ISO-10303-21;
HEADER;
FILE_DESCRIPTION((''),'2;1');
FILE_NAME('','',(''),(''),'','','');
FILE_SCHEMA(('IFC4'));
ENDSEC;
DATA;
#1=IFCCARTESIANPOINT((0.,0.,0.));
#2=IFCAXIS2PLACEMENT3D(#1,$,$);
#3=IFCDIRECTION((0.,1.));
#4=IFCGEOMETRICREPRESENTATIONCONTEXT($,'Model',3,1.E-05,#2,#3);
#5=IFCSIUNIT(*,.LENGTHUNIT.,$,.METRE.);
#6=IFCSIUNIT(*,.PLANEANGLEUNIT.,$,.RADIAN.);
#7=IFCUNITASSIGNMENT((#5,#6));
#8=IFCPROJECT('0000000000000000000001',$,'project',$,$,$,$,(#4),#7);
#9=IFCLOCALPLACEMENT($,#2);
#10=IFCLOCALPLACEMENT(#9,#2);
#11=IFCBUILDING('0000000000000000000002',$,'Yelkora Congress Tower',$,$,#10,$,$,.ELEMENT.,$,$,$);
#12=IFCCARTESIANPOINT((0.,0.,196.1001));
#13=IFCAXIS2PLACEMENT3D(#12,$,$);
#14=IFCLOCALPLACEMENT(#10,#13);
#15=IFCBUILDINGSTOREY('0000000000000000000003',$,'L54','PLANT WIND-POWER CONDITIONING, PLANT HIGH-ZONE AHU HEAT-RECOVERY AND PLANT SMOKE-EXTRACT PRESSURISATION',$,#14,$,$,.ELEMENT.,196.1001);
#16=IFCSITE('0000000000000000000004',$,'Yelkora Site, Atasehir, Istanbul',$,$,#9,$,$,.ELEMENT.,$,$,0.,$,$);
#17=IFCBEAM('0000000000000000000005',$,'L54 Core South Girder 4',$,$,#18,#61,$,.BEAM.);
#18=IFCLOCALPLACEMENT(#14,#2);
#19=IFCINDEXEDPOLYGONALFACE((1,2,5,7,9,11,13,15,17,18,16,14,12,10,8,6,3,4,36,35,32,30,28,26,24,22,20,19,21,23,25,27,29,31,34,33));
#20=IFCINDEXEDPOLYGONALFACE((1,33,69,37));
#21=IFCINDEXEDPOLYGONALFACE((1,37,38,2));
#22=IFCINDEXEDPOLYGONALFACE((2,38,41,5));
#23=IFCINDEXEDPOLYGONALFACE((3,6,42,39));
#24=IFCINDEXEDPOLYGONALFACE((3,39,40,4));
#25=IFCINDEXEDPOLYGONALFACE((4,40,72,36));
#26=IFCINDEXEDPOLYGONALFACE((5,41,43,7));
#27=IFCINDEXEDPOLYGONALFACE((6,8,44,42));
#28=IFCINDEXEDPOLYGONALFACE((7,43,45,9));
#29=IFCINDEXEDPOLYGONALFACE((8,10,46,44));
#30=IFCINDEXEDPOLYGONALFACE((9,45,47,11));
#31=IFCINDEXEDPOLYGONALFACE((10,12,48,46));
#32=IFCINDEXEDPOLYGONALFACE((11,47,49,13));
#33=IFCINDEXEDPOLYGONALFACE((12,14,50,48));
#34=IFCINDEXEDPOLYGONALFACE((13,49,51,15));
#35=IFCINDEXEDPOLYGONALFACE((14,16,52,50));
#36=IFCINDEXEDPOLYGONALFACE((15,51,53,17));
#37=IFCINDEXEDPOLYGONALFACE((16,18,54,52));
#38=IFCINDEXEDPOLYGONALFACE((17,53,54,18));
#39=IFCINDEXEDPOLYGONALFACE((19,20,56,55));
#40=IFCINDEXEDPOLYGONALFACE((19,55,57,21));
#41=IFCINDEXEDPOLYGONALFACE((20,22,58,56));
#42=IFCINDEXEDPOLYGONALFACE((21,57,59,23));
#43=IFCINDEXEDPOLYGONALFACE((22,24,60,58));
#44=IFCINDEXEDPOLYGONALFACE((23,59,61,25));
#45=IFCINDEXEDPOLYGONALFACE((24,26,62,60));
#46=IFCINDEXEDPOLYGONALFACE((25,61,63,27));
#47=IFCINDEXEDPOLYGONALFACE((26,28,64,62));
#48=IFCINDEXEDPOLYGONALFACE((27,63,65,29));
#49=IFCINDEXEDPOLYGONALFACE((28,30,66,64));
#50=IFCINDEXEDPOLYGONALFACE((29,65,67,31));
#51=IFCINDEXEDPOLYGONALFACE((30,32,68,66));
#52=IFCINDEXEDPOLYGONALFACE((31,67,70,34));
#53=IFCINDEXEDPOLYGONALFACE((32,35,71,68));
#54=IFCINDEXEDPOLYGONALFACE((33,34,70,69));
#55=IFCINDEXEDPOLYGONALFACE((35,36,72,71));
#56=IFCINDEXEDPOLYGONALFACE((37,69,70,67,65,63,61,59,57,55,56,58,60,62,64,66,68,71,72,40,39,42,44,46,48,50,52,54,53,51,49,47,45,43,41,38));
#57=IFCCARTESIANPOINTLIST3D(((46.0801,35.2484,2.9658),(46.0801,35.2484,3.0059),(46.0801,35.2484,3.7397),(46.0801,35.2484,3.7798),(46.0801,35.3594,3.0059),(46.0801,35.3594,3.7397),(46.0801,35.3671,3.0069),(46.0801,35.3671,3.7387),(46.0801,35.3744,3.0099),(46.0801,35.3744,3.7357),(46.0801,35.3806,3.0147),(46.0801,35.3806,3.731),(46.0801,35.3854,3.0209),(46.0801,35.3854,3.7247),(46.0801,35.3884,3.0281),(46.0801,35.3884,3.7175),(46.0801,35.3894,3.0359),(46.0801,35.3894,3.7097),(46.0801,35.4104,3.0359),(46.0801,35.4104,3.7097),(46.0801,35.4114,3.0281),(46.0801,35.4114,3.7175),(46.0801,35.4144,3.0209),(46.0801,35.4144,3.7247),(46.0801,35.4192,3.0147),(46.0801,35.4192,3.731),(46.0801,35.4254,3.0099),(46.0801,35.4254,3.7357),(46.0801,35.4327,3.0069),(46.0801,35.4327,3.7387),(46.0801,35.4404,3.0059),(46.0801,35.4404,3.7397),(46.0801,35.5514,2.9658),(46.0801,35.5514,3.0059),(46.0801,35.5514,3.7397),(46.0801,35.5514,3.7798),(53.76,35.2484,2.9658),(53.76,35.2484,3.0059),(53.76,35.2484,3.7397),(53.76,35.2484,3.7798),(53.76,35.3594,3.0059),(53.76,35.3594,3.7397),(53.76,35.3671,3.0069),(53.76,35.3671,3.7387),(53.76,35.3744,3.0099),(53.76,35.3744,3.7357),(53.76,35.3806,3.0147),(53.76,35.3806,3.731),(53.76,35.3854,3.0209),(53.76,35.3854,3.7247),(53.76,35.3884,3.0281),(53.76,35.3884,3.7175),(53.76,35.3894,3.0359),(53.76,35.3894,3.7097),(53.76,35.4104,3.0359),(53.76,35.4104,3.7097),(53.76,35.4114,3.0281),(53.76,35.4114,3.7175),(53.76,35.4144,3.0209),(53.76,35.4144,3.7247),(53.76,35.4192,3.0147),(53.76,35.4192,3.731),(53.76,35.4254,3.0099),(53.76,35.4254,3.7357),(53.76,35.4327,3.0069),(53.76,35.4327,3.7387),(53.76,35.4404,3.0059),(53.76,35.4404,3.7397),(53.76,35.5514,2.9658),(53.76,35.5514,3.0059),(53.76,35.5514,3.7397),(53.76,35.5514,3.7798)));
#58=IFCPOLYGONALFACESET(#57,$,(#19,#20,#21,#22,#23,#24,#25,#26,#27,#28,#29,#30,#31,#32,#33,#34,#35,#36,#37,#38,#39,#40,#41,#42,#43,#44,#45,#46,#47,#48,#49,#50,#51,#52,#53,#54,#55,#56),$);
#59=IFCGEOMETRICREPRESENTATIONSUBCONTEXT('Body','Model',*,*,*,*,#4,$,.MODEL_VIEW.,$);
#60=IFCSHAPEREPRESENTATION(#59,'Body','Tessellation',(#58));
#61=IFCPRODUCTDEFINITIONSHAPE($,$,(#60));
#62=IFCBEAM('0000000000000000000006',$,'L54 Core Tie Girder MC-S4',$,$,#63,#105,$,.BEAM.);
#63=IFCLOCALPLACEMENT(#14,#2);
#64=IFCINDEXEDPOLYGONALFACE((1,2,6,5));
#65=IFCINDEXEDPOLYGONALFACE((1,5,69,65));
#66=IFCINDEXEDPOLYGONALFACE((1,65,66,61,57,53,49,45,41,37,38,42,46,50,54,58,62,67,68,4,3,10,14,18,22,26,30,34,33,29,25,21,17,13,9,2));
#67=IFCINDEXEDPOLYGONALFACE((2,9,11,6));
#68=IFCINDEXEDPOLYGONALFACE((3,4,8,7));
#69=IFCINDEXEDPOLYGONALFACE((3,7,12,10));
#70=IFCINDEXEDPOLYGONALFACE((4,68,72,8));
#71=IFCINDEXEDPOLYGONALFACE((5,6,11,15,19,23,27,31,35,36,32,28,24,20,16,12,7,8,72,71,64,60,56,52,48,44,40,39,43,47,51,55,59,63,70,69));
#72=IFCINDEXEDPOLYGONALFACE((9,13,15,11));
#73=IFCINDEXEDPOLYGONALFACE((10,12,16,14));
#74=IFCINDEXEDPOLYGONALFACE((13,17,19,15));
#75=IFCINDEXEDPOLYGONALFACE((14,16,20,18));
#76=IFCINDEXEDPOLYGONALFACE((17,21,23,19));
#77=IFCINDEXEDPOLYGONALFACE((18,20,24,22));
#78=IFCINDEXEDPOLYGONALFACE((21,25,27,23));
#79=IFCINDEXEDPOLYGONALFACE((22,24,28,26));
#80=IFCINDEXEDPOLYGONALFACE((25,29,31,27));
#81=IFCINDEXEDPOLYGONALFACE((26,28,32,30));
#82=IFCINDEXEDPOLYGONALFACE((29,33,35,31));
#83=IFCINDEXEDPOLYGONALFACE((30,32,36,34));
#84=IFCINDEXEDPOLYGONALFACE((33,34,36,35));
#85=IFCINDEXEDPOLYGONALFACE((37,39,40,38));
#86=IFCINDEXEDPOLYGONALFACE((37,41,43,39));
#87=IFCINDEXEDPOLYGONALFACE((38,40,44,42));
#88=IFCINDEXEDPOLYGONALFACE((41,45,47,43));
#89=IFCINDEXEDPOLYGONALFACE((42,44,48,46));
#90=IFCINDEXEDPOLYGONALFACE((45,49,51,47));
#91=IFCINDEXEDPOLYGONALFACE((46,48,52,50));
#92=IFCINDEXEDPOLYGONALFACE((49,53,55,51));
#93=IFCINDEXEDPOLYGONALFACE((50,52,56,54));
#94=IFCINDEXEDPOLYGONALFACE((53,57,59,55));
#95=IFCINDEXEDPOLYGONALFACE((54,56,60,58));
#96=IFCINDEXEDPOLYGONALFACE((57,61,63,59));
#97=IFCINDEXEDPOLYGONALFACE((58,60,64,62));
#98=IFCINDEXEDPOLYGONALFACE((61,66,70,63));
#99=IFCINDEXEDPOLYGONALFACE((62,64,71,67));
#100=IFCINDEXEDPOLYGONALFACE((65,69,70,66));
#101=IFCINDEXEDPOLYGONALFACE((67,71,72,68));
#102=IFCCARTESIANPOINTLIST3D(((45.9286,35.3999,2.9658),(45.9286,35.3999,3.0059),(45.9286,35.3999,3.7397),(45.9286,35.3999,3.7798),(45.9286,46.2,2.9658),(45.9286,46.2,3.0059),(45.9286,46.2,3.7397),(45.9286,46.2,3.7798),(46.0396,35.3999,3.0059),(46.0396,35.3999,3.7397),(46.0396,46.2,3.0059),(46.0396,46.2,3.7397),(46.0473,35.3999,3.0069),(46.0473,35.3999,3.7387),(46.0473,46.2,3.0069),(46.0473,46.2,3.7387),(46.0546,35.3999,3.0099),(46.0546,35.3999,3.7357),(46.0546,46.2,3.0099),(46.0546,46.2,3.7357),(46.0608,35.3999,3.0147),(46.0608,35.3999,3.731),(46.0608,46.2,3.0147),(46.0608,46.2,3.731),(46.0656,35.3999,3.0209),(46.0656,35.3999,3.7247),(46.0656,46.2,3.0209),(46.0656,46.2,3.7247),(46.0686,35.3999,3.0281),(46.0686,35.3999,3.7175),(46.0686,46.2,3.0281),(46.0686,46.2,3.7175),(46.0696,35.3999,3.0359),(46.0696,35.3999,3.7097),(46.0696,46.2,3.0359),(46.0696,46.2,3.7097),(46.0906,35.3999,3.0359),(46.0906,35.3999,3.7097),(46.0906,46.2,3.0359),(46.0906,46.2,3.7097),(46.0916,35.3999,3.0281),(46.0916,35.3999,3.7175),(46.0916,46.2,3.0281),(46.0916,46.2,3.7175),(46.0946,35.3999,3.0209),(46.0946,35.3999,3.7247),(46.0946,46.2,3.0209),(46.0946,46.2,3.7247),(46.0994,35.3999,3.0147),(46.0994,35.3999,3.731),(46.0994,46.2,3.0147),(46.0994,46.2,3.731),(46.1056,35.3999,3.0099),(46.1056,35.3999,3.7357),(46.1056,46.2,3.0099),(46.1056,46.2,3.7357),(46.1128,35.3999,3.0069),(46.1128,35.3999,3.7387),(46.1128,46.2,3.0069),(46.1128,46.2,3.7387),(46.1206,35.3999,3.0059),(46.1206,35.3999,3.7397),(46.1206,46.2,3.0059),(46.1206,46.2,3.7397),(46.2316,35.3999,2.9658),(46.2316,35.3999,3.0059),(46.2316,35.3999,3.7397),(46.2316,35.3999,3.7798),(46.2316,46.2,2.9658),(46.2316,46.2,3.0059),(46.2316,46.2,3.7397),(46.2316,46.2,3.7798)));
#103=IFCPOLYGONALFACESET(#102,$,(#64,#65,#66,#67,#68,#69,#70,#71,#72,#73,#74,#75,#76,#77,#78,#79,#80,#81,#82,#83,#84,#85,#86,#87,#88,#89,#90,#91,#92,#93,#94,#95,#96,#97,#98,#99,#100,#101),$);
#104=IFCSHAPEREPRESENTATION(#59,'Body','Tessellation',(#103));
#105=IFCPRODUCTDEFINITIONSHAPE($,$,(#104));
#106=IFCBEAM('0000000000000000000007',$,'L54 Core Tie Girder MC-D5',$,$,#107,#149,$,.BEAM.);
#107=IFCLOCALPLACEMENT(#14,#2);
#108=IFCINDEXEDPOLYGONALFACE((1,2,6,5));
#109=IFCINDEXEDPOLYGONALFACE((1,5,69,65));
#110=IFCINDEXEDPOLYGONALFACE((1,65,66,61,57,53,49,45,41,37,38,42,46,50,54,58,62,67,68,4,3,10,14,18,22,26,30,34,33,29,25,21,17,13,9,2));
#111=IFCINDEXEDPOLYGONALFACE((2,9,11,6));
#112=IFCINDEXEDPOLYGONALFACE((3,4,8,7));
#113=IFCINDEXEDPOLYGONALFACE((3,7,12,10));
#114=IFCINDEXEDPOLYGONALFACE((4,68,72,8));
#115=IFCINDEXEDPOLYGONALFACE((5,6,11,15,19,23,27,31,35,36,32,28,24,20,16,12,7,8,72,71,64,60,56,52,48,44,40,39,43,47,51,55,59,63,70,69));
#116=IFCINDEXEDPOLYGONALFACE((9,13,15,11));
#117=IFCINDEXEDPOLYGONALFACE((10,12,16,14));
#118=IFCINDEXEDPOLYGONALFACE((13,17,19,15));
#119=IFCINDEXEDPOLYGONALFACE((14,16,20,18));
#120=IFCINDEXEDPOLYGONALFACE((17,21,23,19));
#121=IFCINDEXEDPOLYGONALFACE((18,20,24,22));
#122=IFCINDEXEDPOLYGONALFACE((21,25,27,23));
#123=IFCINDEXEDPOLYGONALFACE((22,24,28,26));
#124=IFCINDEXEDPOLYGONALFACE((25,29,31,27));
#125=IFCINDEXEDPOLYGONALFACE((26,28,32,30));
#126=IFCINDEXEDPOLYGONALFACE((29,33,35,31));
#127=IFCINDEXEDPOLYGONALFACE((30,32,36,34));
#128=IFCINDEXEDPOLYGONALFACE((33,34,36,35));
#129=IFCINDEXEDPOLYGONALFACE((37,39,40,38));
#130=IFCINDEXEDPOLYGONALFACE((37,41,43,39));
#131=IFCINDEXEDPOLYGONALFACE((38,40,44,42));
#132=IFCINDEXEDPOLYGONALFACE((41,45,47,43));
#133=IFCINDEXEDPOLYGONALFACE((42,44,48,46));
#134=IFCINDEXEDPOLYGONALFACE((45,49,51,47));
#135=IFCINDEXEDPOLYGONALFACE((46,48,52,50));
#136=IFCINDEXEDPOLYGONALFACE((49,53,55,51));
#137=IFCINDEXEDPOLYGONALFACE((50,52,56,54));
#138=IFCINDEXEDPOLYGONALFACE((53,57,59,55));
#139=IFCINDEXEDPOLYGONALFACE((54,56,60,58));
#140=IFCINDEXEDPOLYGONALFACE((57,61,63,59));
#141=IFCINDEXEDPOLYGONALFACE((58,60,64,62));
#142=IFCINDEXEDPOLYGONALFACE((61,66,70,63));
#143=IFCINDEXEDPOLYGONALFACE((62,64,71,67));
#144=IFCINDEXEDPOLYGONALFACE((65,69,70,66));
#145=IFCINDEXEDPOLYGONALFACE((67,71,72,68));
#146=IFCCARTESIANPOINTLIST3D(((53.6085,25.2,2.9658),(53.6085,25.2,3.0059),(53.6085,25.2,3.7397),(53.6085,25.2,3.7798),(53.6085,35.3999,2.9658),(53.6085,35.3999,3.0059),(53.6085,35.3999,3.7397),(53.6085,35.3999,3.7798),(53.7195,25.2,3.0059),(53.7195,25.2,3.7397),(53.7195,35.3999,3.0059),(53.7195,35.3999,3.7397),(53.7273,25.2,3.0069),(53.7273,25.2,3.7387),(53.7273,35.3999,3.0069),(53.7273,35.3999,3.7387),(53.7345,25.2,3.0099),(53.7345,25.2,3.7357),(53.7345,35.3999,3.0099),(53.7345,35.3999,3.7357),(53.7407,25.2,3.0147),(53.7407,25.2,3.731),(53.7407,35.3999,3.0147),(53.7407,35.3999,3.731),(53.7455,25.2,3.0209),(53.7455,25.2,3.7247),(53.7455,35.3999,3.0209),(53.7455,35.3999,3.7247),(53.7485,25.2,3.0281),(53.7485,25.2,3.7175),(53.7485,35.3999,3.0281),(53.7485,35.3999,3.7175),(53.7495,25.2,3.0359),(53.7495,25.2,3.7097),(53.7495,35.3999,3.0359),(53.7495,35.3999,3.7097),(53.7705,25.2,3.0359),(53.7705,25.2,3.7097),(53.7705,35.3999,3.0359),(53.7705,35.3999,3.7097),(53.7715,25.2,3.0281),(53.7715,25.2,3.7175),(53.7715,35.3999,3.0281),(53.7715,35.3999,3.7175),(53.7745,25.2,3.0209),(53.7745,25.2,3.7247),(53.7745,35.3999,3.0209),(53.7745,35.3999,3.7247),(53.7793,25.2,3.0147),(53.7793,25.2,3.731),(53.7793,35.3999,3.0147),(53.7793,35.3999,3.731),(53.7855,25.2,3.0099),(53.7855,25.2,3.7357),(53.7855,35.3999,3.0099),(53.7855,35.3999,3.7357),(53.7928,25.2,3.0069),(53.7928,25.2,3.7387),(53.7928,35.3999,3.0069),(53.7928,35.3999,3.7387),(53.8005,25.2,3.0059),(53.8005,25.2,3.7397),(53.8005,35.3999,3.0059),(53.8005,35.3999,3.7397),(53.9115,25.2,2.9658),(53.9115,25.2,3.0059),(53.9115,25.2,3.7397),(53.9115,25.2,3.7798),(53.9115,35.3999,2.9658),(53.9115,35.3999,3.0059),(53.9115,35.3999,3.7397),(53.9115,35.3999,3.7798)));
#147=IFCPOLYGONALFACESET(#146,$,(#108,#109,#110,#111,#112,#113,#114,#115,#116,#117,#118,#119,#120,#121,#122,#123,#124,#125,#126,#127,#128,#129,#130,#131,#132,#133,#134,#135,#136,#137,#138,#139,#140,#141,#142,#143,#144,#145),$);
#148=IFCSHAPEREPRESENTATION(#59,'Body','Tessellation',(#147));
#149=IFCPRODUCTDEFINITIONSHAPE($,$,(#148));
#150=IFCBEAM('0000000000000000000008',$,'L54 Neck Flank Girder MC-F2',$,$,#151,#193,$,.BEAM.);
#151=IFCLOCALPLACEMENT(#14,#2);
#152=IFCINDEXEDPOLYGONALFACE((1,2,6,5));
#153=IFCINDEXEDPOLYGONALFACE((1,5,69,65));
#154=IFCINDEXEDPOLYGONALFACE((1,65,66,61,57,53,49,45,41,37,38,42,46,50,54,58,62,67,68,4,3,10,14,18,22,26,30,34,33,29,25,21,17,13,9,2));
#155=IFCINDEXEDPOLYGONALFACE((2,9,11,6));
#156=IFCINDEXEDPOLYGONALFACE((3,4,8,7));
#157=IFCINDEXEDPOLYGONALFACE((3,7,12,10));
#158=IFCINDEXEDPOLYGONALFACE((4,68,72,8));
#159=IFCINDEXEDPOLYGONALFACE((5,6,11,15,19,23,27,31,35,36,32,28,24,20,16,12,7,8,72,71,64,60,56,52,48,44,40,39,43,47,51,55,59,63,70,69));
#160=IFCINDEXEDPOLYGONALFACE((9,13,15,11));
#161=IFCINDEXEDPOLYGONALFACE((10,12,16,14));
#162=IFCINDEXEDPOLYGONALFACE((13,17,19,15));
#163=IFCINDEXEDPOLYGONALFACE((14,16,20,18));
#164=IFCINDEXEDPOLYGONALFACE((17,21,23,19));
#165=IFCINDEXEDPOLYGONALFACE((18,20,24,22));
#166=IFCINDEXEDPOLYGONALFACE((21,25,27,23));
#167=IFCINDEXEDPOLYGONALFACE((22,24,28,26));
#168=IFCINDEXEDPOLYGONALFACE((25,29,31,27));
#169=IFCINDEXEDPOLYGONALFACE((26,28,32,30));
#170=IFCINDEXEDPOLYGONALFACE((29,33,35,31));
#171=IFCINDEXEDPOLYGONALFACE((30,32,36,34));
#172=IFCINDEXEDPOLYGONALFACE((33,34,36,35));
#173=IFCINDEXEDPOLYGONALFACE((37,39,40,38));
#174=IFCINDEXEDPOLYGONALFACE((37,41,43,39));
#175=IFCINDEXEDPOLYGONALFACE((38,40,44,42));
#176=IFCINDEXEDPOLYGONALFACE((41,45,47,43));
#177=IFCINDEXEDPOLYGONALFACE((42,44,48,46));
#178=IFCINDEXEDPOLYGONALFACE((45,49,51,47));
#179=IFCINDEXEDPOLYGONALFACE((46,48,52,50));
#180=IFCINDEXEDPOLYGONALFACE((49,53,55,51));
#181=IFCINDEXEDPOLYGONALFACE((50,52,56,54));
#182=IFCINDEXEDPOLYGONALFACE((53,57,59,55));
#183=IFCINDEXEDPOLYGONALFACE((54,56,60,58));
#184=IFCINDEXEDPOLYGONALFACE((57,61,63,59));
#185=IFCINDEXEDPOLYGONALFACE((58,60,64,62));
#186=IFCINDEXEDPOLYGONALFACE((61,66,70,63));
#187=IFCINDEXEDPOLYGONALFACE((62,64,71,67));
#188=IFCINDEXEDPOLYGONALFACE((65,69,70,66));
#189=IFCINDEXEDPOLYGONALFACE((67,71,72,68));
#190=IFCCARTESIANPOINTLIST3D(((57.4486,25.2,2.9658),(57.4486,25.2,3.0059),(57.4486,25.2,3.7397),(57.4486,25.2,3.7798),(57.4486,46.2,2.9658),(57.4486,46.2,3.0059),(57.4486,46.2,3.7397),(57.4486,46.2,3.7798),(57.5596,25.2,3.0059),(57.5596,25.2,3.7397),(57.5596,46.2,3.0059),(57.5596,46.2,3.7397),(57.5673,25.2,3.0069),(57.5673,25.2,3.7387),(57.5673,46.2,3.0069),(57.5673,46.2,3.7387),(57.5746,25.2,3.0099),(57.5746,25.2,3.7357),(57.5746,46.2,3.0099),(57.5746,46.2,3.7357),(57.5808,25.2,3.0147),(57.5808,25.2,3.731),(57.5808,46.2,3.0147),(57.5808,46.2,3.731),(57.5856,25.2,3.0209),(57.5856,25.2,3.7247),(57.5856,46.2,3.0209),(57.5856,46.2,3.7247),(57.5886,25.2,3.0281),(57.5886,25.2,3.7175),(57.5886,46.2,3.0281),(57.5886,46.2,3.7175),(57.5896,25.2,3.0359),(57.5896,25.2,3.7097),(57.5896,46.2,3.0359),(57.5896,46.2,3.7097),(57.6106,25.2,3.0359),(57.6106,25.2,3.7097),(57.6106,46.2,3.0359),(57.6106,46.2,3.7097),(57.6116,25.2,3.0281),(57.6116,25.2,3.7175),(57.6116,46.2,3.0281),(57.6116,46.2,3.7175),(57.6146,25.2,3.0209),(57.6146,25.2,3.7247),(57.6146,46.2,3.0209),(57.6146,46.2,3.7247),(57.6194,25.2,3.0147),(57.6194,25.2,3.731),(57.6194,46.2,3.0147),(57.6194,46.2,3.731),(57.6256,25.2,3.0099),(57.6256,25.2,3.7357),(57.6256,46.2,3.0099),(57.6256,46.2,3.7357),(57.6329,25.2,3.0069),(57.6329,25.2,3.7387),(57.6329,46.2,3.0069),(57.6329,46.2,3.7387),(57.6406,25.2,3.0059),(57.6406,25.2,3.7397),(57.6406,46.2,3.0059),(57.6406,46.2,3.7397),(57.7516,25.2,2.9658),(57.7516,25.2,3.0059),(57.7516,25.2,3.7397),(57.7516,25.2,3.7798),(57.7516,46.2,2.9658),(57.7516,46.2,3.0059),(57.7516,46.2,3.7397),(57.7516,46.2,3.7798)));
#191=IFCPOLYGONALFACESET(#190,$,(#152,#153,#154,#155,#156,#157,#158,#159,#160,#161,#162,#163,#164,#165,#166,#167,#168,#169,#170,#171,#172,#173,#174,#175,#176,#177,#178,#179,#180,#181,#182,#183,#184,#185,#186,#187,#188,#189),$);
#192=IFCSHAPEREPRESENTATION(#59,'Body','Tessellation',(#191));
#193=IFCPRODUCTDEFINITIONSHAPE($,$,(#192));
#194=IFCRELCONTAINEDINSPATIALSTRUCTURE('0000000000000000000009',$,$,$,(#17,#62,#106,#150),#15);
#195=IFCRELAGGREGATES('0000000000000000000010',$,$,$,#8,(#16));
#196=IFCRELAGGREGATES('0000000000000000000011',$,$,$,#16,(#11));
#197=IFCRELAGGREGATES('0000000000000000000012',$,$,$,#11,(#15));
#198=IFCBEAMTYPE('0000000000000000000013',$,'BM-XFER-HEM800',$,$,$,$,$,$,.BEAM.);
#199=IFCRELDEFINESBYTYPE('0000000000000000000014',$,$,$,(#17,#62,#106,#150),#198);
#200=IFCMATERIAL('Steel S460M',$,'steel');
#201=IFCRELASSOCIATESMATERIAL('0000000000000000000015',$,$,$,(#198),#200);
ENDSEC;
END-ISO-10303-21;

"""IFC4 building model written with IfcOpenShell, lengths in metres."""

from ifc_helpers import new_model, si_unit, direction, frame, origin, origin_2d, place, context, subcontext, project, spatial, i_section, extrude, material, material_profile, profile_set, type_object, element, save


model = new_model("IFC4")

# Units and contexts
model_context = context("Model", 3, precision=1e-05, world=origin(), true_north=direction((0.0, 1.0)))
body_context = subcontext(model_context, "Body", "Model", "MODEL_VIEW")
ifc_project = project(units=[si_unit("LENGTHUNIT", "METRE"), si_unit("PLANEANGLEUNIT", "RADIAN")], contexts=[model_context])

# Site, building, storey
site_placement = place(None, origin())
site = spatial("IfcSite", under=ifc_project, at=site_placement, Name="Yelkora Site, Atasehir, Istanbul", CompositionType="ELEMENT", RefElevation=0.0)
building_placement = place(site_placement, origin())
building = spatial("IfcBuilding", under=site, at=building_placement, Name="Yelkora Congress Tower", CompositionType="ELEMENT")
storey_placement = place(building_placement, frame((0.0, 0.0, 196.1001)))
storey = spatial("IfcBuildingStorey", under=building, at=storey_placement, Name="L54", Description="PLANT WIND-POWER CONDITIONING, PLANT HIGH-ZONE AHU HEAT-RECOVERY AND PLANT SMOKE-EXTRACT PRESSURISATION", CompositionType="ELEMENT", Elevation=196.1001)

# Shared definitions
ifc_material_1 = material(Name="Steel S460M", Category="steel")

# Beams
ifc_material_profile_1 = material_profile(ifc_material_1, i_section(OverallWidth=0.303, OverallDepth=0.814, WebThickness=0.021, FlangeThickness=0.04, FilletRadius=0.03, at=origin_2d()), Name="HEM 800")
ifc_profile_set_1 = profile_set([ifc_material_profile_1], Name="Steel S460M")
beam_type = type_object("IfcBeamType", Name="BM-XFER-HEM800", PredefinedType="BEAM", material=ifc_profile_set_1)
beam_1_placement = place(storey_placement, frame((46.0801, 35.3999, 3.3728), z_axis=(1.0, 0.0, 0.0), x_axis=(0.0, 1.0, 0.0)))
element("IfcBeam", 1, at=beam_1_placement, inside=storey, type_object=beam_type, Name="L54 Core South Girder 4", PredefinedType="BEAM", context=body_context, shape_type="SweptSolid", body=[
    extrude(i_section(OverallWidth=0.303, OverallDepth=0.814, WebThickness=0.021, FlangeThickness=0.04, FilletRadius=0.03, at=origin_2d()), origin(), (0.0, 0.0, 1.0), 7.6799),
])
beam_2_placement = place(storey_placement, frame((46.0801, 35.3999, 3.3728), z_axis=(0.0, 1.0, 0.0), x_axis=(-1.0, 0.0, 0.0)))
element("IfcBeam", 2, at=beam_2_placement, inside=storey, type_object=beam_type, Name="L54 Core Tie Girder MC-S4", PredefinedType="BEAM", context=body_context, shape_type="SweptSolid", body=[
    extrude(i_section(OverallWidth=0.303, OverallDepth=0.814, WebThickness=0.021, FlangeThickness=0.04, FilletRadius=0.03, at=origin_2d()), origin(), (0.0, 0.0, 1.0), 10.8),
])
beam_3_placement = place(storey_placement, frame((53.76, 25.2, 3.3728), z_axis=(0.0, 1.0, 0.0), x_axis=(-1.0, 0.0, 0.0)))
element("IfcBeam", 3, at=beam_3_placement, inside=storey, type_object=beam_type, Name="L54 Core Tie Girder MC-D5", PredefinedType="BEAM", context=body_context, shape_type="SweptSolid", body=[
    extrude(i_section(OverallWidth=0.303, OverallDepth=0.814, WebThickness=0.021, FlangeThickness=0.04, FilletRadius=0.03, at=origin_2d()), origin(), (0.0, 0.0, 1.0), 10.2),
])
beam_4_placement = place(storey_placement, frame((57.6001, 25.2, 3.3728), z_axis=(0.0, 1.0, 0.0), x_axis=(-1.0, 0.0, 0.0)))
element("IfcBeam", 4, at=beam_4_placement, inside=storey, type_object=beam_type, Name="L54 Neck Flank Girder MC-F2", PredefinedType="BEAM", context=body_context, shape_type="SweptSolid", body=[
    extrude(i_section(OverallWidth=0.303, OverallDepth=0.814, WebThickness=0.021, FlangeThickness=0.04, FilletRadius=0.03, at=origin_2d()), origin(), (0.0, 0.0, 1.0), 21.0),
])

save(model, "model.ifc")
